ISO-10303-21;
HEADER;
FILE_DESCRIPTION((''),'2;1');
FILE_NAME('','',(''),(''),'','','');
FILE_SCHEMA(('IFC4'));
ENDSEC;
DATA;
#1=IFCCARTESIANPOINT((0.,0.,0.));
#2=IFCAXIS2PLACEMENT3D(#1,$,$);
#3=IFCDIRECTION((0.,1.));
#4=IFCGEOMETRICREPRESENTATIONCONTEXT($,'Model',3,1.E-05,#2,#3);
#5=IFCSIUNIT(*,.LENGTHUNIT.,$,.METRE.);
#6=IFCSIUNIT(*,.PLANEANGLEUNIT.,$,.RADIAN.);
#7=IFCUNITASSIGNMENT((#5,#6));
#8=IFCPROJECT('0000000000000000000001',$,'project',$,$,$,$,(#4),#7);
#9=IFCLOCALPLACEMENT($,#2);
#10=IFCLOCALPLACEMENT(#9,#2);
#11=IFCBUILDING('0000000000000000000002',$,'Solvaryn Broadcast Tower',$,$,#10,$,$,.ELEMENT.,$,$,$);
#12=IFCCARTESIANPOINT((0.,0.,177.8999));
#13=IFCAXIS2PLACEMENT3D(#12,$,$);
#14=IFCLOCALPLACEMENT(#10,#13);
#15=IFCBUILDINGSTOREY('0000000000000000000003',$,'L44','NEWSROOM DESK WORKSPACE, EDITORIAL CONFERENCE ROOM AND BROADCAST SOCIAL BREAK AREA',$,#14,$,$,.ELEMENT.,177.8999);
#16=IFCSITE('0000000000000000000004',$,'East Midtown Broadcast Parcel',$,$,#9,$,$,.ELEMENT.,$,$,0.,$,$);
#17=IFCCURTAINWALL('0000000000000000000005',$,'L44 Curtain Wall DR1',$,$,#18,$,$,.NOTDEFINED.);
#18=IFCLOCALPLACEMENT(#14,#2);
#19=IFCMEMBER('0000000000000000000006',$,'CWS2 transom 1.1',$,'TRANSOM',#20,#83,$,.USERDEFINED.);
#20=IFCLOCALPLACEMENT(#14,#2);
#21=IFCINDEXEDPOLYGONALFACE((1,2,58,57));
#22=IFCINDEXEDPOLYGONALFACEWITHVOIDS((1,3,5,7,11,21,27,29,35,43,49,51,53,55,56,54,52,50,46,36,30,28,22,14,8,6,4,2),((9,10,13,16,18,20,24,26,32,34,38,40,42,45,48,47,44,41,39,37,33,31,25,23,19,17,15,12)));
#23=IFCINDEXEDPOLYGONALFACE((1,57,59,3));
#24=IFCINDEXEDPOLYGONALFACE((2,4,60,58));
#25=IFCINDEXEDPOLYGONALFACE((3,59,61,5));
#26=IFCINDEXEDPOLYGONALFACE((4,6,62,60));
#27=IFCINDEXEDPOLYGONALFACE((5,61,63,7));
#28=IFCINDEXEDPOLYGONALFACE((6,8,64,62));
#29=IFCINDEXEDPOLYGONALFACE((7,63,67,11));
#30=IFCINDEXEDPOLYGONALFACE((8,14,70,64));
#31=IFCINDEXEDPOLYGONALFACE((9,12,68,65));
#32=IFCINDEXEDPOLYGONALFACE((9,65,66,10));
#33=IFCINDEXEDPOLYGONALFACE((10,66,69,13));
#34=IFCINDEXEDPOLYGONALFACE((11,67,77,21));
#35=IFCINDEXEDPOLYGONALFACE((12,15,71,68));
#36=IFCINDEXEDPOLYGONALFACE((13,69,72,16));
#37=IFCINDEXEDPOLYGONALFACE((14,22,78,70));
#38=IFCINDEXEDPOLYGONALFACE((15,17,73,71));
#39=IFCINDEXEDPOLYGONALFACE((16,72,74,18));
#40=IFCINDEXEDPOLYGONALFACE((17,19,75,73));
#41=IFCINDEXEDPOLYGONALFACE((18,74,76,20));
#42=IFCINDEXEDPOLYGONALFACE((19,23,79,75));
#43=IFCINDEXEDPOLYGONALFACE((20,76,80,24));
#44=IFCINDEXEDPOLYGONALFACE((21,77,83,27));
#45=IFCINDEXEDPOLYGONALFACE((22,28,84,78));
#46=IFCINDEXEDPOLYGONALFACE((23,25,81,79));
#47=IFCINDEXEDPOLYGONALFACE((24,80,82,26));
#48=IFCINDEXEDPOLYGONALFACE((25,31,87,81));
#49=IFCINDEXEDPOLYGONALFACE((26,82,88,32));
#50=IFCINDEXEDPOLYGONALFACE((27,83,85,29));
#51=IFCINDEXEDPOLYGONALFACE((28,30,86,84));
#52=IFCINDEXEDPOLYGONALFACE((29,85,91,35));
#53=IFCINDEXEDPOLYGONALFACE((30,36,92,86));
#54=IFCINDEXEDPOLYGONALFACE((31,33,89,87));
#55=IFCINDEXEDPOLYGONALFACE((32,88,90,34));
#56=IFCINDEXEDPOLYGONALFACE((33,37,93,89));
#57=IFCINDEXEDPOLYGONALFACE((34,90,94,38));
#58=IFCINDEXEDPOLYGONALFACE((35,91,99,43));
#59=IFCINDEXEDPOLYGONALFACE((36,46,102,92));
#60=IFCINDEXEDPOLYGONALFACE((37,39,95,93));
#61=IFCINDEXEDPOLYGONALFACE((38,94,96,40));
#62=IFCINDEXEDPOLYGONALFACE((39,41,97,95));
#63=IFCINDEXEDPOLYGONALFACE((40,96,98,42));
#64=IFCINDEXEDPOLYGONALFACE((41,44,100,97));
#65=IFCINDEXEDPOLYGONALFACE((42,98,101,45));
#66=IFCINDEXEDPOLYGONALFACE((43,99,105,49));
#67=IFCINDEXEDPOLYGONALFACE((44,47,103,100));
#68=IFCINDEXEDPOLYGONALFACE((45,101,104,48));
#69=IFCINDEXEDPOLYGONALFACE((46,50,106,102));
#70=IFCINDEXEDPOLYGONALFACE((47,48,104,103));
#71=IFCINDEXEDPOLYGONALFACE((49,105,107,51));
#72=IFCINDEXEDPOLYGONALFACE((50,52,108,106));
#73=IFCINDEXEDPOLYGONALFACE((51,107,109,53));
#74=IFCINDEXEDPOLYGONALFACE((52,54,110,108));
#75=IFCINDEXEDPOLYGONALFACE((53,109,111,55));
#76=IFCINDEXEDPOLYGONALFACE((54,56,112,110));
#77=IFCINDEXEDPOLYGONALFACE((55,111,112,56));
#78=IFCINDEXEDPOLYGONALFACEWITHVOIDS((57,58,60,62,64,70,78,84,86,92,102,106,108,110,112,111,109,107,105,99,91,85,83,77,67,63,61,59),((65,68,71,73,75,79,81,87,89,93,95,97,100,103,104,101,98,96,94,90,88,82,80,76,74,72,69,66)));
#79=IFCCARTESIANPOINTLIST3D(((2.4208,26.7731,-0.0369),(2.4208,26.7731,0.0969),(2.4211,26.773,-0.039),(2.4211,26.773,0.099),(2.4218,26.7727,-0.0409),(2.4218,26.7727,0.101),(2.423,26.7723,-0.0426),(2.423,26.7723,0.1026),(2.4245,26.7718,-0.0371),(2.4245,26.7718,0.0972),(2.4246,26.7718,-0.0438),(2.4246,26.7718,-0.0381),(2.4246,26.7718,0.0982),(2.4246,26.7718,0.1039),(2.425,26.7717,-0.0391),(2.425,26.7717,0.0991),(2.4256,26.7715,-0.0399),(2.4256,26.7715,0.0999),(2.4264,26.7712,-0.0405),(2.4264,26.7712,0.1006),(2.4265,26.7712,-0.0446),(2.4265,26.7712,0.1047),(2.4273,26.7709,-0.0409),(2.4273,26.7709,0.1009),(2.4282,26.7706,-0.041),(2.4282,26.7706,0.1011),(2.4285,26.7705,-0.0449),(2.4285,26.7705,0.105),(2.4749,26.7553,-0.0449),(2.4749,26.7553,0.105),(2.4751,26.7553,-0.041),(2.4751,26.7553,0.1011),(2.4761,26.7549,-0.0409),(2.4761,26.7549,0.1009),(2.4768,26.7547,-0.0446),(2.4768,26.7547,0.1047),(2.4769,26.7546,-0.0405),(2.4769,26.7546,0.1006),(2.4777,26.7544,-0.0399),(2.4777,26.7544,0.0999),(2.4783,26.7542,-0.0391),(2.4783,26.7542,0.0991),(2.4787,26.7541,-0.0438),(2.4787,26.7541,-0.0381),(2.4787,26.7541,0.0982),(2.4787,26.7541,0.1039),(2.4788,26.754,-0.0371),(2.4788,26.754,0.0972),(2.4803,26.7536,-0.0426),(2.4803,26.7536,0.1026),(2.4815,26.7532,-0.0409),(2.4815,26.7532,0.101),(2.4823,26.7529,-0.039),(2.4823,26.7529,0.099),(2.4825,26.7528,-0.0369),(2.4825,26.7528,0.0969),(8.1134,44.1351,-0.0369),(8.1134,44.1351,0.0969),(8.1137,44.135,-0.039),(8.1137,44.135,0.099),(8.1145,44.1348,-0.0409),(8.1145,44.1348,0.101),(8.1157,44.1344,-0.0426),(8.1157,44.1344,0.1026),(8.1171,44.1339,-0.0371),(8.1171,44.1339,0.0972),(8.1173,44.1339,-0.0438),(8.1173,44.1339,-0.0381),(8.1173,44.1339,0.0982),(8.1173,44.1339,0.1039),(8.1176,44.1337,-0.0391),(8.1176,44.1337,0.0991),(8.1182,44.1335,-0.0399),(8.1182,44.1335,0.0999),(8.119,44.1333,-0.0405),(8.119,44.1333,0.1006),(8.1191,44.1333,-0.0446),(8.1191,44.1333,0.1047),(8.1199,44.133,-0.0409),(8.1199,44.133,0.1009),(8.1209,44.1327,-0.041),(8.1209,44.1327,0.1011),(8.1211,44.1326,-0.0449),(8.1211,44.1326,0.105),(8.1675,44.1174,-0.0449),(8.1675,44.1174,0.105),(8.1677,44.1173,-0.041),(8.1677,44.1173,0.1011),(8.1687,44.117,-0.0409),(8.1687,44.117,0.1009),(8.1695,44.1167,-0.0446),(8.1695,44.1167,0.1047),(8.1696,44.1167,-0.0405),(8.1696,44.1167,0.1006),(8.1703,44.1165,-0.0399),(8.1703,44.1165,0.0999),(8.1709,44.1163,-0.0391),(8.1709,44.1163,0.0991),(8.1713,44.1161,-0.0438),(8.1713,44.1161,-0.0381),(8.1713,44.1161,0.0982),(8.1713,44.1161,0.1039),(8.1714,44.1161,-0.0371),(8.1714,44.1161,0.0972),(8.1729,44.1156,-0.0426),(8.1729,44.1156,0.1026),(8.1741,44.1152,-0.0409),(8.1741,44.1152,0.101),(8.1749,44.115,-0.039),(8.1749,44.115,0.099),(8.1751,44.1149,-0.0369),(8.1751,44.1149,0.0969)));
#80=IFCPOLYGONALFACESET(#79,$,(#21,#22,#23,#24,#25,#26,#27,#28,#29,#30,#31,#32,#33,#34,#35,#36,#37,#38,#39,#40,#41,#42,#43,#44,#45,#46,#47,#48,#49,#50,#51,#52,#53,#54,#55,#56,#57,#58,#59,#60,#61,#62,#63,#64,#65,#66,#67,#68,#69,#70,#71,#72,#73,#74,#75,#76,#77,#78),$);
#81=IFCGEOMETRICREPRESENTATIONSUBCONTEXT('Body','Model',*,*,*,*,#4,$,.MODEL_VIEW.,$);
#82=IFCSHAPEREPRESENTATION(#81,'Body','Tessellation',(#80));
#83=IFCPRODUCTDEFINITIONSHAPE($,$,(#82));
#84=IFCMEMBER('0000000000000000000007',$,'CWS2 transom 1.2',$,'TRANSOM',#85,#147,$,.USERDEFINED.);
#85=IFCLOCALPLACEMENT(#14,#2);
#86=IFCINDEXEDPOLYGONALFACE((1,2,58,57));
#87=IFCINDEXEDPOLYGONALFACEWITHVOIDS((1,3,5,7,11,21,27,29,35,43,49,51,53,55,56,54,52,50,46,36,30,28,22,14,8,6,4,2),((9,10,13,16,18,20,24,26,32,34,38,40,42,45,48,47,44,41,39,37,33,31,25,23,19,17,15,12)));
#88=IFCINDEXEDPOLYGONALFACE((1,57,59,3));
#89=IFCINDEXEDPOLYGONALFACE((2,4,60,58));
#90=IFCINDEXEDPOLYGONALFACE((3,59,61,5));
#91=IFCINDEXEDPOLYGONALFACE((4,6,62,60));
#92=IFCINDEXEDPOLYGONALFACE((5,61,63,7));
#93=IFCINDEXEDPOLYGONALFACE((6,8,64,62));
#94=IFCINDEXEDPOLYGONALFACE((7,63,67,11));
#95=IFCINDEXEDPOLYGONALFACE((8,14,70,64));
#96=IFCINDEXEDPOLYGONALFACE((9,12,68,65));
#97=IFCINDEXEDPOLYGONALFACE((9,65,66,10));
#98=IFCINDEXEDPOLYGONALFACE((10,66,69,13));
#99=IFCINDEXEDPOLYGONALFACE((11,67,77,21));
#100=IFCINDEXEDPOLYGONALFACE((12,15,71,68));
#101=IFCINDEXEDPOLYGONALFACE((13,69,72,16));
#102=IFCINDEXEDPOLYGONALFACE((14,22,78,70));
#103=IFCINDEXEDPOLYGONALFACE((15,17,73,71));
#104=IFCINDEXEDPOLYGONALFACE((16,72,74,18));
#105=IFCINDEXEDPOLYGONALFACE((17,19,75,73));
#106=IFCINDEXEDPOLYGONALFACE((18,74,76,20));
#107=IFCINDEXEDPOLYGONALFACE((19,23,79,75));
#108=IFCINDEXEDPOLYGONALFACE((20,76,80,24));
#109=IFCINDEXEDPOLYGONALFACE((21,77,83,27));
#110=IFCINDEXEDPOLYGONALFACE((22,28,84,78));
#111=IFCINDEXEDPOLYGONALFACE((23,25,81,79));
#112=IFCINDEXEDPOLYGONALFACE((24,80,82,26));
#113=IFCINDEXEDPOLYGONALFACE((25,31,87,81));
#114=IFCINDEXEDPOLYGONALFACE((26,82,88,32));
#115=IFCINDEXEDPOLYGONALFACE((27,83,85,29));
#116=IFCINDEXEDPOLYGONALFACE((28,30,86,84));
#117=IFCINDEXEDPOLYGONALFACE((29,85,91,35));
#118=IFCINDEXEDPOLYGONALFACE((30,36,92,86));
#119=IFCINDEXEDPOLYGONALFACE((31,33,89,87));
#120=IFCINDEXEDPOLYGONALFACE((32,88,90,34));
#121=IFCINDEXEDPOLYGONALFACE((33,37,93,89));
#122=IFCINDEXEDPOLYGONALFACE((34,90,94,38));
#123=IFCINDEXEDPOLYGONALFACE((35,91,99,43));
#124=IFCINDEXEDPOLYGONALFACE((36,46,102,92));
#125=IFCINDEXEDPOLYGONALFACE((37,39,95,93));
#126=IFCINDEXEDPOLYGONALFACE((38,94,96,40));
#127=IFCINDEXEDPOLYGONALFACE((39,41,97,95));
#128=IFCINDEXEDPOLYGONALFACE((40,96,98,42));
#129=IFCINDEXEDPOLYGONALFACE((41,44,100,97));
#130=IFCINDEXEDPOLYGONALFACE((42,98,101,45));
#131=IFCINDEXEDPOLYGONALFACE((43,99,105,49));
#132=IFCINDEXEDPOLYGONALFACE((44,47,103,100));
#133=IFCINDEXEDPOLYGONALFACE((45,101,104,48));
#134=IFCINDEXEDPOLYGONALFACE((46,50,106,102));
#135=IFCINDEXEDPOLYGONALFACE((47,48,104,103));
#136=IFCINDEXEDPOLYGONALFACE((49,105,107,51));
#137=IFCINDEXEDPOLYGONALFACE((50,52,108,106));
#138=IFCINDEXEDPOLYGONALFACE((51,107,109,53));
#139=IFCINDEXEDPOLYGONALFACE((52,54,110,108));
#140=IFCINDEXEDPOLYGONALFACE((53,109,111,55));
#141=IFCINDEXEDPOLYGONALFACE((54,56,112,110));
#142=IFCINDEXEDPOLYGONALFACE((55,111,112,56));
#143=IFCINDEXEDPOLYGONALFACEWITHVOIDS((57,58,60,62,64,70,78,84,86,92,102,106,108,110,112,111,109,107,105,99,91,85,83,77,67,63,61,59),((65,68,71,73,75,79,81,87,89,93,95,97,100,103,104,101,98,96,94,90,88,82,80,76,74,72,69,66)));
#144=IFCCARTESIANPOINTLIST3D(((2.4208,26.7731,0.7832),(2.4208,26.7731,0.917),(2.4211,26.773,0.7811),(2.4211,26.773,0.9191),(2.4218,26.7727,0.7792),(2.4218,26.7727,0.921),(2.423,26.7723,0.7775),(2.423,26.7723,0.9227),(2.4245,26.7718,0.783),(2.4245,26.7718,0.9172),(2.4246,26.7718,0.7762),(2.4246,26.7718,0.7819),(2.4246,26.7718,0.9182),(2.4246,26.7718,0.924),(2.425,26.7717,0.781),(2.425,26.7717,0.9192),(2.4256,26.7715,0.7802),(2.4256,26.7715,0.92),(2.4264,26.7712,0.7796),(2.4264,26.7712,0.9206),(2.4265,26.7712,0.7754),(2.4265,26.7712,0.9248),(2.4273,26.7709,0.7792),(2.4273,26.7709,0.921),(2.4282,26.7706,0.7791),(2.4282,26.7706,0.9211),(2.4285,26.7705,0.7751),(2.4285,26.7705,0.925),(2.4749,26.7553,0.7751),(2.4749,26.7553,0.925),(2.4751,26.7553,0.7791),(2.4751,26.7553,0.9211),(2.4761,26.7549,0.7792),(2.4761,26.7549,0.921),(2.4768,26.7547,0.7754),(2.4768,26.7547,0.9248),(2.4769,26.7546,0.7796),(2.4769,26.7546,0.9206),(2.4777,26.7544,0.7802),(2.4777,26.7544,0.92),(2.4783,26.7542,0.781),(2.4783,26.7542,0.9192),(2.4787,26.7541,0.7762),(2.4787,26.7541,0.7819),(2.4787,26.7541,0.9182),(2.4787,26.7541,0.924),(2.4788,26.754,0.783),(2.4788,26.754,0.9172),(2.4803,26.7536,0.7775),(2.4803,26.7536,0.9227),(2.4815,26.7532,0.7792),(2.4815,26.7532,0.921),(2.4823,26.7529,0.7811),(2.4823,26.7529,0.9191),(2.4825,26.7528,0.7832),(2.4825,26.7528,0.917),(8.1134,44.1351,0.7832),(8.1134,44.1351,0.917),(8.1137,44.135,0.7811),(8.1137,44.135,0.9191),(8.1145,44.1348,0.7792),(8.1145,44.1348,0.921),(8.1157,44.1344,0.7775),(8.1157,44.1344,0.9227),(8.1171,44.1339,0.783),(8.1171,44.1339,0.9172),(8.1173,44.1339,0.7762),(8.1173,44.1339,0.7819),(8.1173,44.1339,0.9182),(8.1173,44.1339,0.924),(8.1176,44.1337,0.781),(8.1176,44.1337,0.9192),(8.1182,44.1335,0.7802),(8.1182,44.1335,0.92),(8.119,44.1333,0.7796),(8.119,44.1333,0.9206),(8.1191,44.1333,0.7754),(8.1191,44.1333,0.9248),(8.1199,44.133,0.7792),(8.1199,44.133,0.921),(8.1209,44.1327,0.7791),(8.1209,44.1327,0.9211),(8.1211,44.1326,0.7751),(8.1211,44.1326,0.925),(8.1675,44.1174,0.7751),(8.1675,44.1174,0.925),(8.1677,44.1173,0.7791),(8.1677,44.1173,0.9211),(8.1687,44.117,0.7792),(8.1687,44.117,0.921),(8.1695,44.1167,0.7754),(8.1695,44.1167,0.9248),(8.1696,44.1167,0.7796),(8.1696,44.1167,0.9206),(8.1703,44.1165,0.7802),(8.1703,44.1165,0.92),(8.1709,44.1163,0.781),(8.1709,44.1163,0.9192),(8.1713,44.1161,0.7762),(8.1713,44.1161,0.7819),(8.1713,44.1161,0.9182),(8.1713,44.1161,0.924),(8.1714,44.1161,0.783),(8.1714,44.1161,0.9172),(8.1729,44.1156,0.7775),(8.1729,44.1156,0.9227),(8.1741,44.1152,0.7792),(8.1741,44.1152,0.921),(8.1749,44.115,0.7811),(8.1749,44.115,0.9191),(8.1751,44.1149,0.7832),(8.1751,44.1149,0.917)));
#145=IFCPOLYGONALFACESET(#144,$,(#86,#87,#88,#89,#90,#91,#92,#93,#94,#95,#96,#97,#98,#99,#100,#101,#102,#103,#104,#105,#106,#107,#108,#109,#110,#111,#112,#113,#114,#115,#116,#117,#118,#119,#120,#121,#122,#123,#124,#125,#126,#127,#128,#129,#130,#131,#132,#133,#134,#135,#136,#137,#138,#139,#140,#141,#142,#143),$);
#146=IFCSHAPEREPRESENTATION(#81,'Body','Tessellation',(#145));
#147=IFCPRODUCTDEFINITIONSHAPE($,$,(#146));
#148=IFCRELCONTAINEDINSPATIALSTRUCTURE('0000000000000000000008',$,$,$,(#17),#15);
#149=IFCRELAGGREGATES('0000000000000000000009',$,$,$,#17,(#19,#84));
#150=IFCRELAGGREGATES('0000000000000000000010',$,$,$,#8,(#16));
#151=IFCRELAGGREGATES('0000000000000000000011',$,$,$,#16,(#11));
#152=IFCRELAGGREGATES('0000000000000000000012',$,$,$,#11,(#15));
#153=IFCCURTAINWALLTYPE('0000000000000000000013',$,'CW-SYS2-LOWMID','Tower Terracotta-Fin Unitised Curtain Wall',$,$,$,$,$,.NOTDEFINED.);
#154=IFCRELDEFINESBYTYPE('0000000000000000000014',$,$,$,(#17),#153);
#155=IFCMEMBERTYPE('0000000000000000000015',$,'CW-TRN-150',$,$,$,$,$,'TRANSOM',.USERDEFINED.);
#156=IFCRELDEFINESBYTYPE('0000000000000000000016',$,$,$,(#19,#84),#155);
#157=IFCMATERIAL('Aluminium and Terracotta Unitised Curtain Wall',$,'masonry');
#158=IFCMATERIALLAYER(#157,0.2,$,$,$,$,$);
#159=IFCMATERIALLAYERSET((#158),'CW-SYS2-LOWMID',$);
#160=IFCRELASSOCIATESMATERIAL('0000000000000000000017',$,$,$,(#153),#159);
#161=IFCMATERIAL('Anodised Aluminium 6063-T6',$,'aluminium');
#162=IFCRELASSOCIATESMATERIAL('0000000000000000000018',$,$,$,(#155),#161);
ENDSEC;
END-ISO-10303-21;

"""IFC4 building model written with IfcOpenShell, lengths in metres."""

from ifc_helpers import new_model, si_unit, direction, frame, origin, origin_2d, place, context, subcontext, project, spatial, hollow_rectangle, extrude, material, layer, layer_set, material_profile, profile_set, type_object, element, aggregate, save


model = new_model("IFC4")

# Units and contexts
model_context = context("Model", 3, precision=1e-05, world=origin(), true_north=direction((0.0, 1.0)))
body_context = subcontext(model_context, "Body", "Model", "MODEL_VIEW")
ifc_project = project(units=[si_unit("LENGTHUNIT", "METRE"), si_unit("PLANEANGLEUNIT", "RADIAN")], contexts=[model_context])

# Site, building, storey
site_placement = place(None, origin())
site = spatial("IfcSite", under=ifc_project, at=site_placement, Name="East Midtown Broadcast Parcel", CompositionType="ELEMENT", RefElevation=0.0)
building_placement = place(site_placement, origin())
building = spatial("IfcBuilding", under=site, at=building_placement, Name="Solvaryn Broadcast Tower", CompositionType="ELEMENT")
storey_placement = place(building_placement, frame((0.0, 0.0, 177.8999)))
storey = spatial("IfcBuildingStorey", under=building, at=storey_placement, Name="L44", Description="NEWSROOM DESK WORKSPACE, EDITORIAL CONFERENCE ROOM AND BROADCAST SOCIAL BREAK AREA", CompositionType="ELEMENT", Elevation=177.8999)

# Curtain wall
ifc_material_1 = material(Name="Aluminium and Terracotta Unitised Curtain Wall", Category="masonry")
ifc_layer_1 = layer(ifc_material_1, 0.2)
ifc_layer_set_1 = layer_set([ifc_layer_1], Name="CW-SYS2-LOWMID")
curtain_wall_type = type_object("IfcCurtainWallType", Name="CW-SYS2-LOWMID", Description="Tower Terracotta-Fin Unitised Curtain Wall", PredefinedType="NOTDEFINED", material=ifc_layer_set_1)
curtain_wall_1_placement = place(storey_placement, origin())
curtain_wall_1 = element("IfcCurtainWall", 1, at=curtain_wall_1_placement, inside=storey, type_object=curtain_wall_type, Name="L44 Curtain Wall DR1", PredefinedType="NOTDEFINED")

# Members
ifc_material_2 = material(Name="Anodised Aluminium 6063-T6", Category="aluminium")
ifc_material_profile_1 = material_profile(ifc_material_2, hollow_rectangle(XDim=0.0649, YDim=0.1499, WallThickness=0.0039, InnerFilletRadius=0.0039, OuterFilletRadius=0.0081, at=origin_2d()))
ifc_profile_set_1 = profile_set([ifc_material_profile_1], Name="Anodised Aluminium 6063-T6")
member_type_1 = type_object("IfcMemberType", Name="CW-TRN-150", ElementType="TRANSOM", PredefinedType="USERDEFINED", material=ifc_profile_set_1)
member_1_placement = place(storey_placement, frame((8.1443, 44.125, 0.03), z_axis=(-0.311558, -0.950227, 0.0), x_axis=(0.950227, -0.311558, 0.0)))
member_1 = element("IfcMember", 2, at=member_1_placement, type_object=member_type_1, Name="CWS2 transom 1.1", ObjectType="TRANSOM", PredefinedType="USERDEFINED", context=body_context, shape_type="SweptSolid", body=[
    extrude(hollow_rectangle(XDim=0.0649, YDim=0.1499, WallThickness=0.0039, InnerFilletRadius=0.0039, OuterFilletRadius=0.0081, at=origin_2d()), origin(), (0.0, 0.0, 1.0), 18.2715),
])
member_2_placement = place(storey_placement, frame((8.1443, 44.125, 0.8501), z_axis=(-0.311558, -0.950227, 0.0), x_axis=(0.950227, -0.311558, 0.0)))
member_2 = element("IfcMember", 3, at=member_2_placement, type_object=member_type_1, Name="CWS2 transom 1.2", ObjectType="TRANSOM", PredefinedType="USERDEFINED", context=body_context, shape_type="SweptSolid", body=[
    extrude(hollow_rectangle(XDim=0.0649, YDim=0.1499, WallThickness=0.0039, InnerFilletRadius=0.0039, OuterFilletRadius=0.0081, at=origin_2d()), origin(), (0.0, 0.0, 1.0), 18.2715),
])
aggregate(curtain_wall_1, [member_1, member_2])

save(model, "model.ifc")
